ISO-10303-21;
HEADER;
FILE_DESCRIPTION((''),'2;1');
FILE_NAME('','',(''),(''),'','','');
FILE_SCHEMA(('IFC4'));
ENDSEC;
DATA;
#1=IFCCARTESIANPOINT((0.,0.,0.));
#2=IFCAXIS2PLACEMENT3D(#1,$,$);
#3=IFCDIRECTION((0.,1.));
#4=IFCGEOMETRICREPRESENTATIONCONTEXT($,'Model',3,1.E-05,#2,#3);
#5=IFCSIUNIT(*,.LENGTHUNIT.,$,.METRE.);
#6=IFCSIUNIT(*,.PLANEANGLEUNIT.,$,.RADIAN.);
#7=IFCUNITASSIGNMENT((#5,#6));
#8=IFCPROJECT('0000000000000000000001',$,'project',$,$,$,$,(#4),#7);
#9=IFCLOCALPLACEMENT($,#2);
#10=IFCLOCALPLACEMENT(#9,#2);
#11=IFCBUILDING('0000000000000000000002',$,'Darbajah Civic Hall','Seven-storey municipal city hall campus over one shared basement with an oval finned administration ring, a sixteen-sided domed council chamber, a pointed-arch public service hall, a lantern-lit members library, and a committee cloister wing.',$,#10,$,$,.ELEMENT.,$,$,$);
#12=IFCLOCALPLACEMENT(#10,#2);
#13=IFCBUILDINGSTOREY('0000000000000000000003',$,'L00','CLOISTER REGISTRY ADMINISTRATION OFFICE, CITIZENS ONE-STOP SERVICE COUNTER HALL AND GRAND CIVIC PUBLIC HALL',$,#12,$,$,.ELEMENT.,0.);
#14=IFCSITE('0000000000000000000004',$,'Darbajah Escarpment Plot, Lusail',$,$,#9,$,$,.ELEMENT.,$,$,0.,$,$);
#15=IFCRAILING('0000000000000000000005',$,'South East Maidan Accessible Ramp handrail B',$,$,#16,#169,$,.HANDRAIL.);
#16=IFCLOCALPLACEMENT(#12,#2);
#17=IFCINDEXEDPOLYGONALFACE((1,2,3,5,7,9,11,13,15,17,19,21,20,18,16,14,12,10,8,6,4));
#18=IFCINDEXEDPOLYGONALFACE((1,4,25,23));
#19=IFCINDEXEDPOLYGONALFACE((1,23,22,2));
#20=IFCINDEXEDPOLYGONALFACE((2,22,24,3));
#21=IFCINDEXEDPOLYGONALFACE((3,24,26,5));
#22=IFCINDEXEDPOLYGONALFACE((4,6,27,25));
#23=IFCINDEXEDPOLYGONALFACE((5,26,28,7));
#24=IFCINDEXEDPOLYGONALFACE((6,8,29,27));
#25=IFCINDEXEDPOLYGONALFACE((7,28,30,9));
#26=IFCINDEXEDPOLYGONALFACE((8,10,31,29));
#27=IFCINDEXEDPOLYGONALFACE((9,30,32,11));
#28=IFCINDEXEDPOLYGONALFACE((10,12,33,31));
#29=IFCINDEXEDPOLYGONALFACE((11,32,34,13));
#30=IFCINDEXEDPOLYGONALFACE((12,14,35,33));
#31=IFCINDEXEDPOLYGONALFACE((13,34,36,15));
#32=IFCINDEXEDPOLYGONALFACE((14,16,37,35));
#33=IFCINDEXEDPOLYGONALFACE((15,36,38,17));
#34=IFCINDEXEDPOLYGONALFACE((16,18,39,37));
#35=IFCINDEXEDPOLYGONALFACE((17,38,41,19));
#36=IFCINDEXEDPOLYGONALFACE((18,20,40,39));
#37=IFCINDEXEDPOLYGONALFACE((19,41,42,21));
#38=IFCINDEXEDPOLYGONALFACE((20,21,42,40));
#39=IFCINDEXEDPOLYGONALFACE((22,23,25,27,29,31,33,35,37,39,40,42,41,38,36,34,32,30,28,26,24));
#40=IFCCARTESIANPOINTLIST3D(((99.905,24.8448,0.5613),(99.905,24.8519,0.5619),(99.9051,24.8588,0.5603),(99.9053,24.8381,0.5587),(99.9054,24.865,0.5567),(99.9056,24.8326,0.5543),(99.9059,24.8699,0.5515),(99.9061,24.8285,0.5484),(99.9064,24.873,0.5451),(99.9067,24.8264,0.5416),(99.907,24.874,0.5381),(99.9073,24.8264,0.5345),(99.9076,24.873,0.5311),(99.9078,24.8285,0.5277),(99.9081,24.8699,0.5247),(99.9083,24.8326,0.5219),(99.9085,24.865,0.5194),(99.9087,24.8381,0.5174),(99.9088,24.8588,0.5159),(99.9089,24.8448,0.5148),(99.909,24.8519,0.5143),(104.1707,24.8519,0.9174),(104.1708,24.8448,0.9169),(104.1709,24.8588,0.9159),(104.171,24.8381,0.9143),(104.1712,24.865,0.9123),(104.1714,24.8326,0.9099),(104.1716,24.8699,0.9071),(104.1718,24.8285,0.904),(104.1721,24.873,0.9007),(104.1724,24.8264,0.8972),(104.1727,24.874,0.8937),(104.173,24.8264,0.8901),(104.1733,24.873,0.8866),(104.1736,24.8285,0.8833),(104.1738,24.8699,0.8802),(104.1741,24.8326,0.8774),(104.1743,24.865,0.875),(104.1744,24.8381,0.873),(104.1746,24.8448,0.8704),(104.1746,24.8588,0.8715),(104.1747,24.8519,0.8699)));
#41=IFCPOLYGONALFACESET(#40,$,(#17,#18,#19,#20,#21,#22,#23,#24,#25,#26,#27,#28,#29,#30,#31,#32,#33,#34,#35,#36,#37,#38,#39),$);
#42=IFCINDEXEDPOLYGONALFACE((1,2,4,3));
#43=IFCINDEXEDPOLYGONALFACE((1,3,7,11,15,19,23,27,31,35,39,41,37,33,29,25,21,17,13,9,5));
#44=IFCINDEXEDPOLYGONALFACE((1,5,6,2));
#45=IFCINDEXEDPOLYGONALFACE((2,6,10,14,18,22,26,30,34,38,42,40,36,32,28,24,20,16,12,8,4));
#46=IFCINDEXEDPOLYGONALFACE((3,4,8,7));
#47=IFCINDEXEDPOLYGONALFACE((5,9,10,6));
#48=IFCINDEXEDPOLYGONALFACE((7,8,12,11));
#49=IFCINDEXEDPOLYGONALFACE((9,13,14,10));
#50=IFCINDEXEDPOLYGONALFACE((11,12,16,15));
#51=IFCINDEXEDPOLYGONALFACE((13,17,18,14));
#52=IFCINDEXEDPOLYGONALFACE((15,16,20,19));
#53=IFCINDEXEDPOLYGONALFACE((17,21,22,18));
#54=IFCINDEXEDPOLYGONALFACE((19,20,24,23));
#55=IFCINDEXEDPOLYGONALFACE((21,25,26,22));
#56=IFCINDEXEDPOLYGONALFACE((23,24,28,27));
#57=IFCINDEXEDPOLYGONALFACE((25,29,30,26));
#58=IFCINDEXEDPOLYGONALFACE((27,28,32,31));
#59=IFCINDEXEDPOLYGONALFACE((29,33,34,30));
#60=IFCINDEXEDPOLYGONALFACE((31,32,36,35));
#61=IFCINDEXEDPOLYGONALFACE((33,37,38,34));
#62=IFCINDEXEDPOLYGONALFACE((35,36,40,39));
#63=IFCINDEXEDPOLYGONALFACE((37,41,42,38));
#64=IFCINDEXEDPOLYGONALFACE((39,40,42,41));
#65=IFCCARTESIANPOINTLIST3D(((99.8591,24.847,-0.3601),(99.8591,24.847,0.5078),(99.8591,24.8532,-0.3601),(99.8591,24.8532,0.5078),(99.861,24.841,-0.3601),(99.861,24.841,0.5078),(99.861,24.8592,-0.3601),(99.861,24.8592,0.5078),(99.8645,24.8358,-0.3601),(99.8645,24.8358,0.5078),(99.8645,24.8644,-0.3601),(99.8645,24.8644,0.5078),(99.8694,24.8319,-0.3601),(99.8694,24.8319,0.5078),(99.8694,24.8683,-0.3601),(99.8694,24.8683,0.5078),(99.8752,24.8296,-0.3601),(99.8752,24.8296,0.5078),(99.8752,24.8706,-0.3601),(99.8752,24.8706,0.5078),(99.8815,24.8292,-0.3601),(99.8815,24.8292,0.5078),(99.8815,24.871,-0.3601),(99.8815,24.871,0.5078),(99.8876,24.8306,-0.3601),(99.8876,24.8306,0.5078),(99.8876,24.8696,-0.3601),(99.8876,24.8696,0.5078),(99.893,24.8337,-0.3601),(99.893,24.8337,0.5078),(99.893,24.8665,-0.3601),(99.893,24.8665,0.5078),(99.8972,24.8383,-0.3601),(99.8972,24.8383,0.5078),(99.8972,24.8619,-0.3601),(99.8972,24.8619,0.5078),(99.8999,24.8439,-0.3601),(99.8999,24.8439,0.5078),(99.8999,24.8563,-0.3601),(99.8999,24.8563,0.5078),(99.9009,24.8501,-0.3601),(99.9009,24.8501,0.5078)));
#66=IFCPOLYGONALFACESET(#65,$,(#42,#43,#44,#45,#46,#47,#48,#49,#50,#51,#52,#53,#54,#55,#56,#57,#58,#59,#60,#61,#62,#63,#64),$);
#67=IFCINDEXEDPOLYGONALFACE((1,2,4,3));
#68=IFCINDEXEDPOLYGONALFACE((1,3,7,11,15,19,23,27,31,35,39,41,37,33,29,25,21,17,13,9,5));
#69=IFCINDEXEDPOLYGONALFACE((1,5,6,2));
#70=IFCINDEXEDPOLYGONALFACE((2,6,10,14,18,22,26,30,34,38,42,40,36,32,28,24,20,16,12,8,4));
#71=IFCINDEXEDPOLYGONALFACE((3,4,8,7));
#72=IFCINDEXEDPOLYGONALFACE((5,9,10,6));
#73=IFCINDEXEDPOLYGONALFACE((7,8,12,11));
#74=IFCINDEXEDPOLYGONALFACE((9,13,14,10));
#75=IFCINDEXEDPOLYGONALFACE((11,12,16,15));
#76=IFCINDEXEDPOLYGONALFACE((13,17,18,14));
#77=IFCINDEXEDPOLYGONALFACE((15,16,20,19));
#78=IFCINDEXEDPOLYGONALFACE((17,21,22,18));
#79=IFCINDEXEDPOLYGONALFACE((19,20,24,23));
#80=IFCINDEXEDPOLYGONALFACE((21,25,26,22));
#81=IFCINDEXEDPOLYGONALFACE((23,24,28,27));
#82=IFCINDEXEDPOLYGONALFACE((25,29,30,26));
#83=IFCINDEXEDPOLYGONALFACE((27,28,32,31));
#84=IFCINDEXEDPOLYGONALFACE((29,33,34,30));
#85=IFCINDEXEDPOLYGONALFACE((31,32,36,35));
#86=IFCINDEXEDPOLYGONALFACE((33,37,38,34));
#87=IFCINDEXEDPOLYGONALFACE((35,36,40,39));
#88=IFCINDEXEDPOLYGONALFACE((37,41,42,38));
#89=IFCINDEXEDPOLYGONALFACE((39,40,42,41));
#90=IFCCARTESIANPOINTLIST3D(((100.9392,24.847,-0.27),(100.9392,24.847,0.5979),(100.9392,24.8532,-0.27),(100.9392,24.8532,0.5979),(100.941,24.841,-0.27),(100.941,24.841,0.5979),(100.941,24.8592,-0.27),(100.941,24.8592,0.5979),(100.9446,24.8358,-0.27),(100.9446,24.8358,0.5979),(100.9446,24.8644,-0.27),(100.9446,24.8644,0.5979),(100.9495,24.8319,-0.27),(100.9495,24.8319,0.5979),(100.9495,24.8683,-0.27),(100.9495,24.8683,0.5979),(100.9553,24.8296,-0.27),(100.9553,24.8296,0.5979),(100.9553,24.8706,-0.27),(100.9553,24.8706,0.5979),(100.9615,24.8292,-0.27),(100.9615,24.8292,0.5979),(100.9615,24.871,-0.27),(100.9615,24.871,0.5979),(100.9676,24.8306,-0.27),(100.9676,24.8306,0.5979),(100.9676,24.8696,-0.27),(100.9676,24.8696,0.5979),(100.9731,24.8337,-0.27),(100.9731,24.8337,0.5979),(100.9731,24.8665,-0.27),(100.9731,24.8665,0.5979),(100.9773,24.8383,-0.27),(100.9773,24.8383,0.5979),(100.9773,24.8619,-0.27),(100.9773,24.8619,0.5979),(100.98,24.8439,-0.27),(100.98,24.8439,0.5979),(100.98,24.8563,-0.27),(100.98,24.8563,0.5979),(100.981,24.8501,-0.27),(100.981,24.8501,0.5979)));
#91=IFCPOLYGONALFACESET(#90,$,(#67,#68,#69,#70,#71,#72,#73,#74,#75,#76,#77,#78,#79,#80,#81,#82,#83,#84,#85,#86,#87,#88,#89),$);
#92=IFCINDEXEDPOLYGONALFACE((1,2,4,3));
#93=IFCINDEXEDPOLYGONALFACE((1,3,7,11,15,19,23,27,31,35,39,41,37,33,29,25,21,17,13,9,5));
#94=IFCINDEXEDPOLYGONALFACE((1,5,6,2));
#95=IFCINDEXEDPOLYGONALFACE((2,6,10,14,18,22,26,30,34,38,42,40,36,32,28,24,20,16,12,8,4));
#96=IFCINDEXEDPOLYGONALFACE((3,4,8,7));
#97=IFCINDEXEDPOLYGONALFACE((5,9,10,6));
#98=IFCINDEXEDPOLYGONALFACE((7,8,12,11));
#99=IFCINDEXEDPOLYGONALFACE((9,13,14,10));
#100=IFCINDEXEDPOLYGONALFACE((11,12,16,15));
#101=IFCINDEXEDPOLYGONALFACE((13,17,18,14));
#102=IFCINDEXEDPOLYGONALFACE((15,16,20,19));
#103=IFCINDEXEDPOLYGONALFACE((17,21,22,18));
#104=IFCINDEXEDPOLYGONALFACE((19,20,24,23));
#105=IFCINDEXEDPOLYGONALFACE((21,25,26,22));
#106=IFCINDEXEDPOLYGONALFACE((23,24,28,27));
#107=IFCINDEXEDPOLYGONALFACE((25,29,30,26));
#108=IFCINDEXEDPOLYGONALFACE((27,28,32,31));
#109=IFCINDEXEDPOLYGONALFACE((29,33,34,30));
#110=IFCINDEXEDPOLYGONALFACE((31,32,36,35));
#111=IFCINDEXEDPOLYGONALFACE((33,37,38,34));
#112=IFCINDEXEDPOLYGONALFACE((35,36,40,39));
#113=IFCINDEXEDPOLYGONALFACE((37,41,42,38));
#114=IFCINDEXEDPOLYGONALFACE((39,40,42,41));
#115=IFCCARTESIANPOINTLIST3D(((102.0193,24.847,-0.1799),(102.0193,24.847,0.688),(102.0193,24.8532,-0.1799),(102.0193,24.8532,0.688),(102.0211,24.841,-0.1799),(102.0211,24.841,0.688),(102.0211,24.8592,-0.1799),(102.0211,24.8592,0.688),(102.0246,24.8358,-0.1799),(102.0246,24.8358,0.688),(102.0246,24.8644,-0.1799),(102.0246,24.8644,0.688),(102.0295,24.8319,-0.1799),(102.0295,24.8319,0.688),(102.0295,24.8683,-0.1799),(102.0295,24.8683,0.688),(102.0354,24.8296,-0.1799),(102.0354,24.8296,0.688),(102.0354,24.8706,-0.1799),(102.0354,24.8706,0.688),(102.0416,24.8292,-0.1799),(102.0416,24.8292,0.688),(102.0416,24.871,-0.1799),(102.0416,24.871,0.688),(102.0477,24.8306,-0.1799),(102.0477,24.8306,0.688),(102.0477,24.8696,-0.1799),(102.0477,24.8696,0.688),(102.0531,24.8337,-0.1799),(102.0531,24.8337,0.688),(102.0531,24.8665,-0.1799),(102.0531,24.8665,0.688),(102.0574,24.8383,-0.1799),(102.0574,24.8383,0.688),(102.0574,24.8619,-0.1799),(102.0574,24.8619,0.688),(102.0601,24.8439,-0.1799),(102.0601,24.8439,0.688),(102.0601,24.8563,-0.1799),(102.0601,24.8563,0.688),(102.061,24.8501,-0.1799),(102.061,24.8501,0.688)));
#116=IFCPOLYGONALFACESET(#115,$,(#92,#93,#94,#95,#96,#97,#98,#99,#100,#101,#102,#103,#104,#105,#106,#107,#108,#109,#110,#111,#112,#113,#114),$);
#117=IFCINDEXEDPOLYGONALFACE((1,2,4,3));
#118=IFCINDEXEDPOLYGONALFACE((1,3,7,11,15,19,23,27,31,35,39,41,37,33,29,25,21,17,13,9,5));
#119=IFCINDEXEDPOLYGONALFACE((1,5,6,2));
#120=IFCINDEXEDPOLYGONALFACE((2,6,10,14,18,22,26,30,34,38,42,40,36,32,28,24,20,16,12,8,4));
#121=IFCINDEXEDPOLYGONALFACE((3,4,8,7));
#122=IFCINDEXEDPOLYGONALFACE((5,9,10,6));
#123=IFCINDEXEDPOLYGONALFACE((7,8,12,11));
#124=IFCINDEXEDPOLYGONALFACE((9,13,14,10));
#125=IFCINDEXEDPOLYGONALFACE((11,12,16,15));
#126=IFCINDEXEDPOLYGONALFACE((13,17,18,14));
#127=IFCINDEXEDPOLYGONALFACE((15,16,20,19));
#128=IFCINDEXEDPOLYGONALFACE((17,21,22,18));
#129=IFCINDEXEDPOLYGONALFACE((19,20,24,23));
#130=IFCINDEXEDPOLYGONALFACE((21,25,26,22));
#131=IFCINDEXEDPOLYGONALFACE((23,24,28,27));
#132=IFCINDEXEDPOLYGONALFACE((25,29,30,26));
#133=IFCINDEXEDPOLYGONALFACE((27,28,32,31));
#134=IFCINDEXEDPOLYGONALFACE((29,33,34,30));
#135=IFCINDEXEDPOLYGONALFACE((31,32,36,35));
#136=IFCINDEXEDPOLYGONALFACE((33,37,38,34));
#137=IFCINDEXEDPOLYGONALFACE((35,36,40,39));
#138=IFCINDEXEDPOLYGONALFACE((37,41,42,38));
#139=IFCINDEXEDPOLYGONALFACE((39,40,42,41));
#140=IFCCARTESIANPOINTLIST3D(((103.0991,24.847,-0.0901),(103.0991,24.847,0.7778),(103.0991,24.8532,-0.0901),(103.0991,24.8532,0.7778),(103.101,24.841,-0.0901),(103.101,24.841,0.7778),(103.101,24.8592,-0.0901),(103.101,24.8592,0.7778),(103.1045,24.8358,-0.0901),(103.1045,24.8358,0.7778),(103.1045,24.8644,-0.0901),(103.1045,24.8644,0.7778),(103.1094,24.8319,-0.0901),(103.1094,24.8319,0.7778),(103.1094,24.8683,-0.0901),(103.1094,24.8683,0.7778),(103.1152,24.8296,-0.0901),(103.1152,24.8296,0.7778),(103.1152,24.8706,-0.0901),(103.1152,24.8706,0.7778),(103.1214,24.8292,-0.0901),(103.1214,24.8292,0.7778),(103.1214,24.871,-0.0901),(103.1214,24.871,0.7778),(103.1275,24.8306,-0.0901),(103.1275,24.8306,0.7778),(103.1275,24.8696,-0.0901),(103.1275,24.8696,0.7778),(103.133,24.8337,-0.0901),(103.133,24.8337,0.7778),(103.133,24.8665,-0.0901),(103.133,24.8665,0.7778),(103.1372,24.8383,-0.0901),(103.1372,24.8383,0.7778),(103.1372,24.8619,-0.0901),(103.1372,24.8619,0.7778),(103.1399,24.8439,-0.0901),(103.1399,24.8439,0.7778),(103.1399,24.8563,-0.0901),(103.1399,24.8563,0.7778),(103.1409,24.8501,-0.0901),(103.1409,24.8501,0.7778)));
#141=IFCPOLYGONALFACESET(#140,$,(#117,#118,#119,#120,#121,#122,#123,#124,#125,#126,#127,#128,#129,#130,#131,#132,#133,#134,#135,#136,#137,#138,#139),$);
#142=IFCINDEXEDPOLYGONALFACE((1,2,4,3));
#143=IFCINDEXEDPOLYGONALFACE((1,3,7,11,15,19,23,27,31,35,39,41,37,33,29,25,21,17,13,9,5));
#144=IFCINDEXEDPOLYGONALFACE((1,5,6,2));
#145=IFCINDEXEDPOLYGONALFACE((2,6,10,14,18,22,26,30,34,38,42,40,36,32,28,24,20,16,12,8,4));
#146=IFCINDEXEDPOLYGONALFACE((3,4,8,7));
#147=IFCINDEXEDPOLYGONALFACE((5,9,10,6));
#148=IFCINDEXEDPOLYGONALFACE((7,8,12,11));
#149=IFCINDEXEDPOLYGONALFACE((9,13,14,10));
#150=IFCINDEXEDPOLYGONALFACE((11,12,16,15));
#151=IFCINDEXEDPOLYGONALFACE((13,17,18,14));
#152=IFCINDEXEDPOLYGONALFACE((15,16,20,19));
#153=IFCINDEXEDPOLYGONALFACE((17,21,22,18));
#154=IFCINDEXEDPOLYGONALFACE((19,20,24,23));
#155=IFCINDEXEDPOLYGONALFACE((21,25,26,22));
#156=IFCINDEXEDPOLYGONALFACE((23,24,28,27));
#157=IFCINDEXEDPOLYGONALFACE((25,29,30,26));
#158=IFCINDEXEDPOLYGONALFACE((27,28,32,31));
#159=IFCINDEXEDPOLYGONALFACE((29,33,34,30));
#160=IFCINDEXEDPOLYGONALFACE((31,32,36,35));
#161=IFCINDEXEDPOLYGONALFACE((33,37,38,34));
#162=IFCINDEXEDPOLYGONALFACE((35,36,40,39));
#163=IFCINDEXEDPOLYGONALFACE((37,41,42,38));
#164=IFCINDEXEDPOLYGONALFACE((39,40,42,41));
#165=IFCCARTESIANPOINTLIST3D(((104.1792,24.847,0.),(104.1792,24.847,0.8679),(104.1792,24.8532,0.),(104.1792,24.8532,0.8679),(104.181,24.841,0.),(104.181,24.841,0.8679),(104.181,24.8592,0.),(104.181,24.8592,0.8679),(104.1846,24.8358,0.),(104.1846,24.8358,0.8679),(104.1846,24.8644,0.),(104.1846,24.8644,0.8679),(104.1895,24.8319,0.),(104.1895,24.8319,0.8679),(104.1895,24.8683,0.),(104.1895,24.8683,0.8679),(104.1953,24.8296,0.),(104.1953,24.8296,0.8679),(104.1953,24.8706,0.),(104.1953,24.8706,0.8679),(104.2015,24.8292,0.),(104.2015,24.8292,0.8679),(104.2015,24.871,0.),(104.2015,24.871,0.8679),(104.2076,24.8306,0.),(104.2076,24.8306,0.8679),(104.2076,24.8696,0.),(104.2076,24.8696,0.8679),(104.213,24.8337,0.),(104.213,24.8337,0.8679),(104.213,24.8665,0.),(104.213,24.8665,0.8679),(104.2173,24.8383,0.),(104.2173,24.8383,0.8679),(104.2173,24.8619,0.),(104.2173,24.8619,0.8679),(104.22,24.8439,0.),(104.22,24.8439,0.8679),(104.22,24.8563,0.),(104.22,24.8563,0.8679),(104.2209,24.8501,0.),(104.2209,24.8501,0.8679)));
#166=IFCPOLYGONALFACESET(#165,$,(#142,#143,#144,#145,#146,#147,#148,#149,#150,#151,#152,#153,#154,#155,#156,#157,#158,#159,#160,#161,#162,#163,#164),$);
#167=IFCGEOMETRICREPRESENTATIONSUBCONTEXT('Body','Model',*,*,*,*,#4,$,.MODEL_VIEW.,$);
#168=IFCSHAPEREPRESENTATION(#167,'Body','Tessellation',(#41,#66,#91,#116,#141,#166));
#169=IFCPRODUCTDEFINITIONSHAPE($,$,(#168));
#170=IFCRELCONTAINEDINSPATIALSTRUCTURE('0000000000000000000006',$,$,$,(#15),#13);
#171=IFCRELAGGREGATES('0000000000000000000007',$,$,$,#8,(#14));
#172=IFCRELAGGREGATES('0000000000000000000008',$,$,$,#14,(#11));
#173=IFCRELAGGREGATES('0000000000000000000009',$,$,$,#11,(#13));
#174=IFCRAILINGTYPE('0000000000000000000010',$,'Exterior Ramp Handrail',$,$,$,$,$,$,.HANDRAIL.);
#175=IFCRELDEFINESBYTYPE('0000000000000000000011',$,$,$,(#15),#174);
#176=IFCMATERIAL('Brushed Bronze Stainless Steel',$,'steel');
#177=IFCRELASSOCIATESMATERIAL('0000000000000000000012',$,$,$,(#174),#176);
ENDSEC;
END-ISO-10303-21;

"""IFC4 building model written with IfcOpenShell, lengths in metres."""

from ifc_helpers import new_model, si_unit, direction, frame, origin, origin_2d, place, context, subcontext, project, spatial, circle, extrude, material, type_object, element, save


model = new_model("IFC4")

# Units and contexts
model_context = context("Model", 3, precision=1e-05, world=origin(), true_north=direction((0.0, 1.0)))
body_context = subcontext(model_context, "Body", "Model", "MODEL_VIEW")
ifc_project = project(units=[si_unit("LENGTHUNIT", "METRE"), si_unit("PLANEANGLEUNIT", "RADIAN")], contexts=[model_context])

# Site, building, storey
site_placement = place(None, origin())
site = spatial("IfcSite", under=ifc_project, at=site_placement, Name="Darbajah Escarpment Plot, Lusail", CompositionType="ELEMENT", RefElevation=0.0)
building_placement = place(site_placement, origin())
building = spatial("IfcBuilding", under=site, at=building_placement, Name="Darbajah Civic Hall", Description="Seven-storey municipal city hall campus over one shared basement with an oval finned administration ring, a sixteen-sided domed council chamber, a pointed-arch public service hall, a lantern-lit members library, and a committee cloister wing.", CompositionType="ELEMENT")
storey_placement = place(building_placement, origin())
storey = spatial("IfcBuildingStorey", under=building, at=storey_placement, Name="L00", Description="CLOISTER REGISTRY ADMINISTRATION OFFICE, CITIZENS ONE-STOP SERVICE COUNTER HALL AND GRAND CIVIC PUBLIC HALL", CompositionType="ELEMENT", Elevation=0.0)

# Railing
ifc_material_1 = material(Name="Brushed Bronze Stainless Steel", Category="steel")
railing_type = type_object("IfcRailingType", Name="Exterior Ramp Handrail", PredefinedType="HANDRAIL", material=ifc_material_1)
for number, where, name in (
    (1, (99.8799, 24.8501, -0.3601), "South East Maidan Accessible Ramp handrail B"),
):
    element("IfcRailing", number, at=place(storey_placement, frame(where)), inside=storey, type_object=railing_type, Name=name, PredefinedType="HANDRAIL", context=body_context, shape_type="SweptSolid", body=[
        extrude(circle(Radius=0.0239, at=origin_2d()), frame((0.0271, 0.0, 0.8982), z_axis=(0.996544, 0.0, 0.083069), x_axis=(0.0, 1.0, 0.0)), (0.0, 0.0, 1.0), 4.2805),
        extrude(circle(Radius=0.021, at=origin_2d()), origin(), (0.0, 0.0, 1.0), 0.8679),
        extrude(circle(Radius=0.021, at=origin_2d()), frame((1.0801, 0.0, 0.0901)), (0.0, 0.0, 1.0), 0.8679),
        extrude(circle(Radius=0.021, at=origin_2d()), frame((2.1602, 0.0, 0.1802)), (0.0, 0.0, 1.0), 0.8679),
        extrude(circle(Radius=0.021, at=origin_2d()), frame((3.24, 0.0, 0.27)), (0.0, 0.0, 1.0), 0.8679),
        extrude(circle(Radius=0.021, at=origin_2d()), frame((4.3201, 0.0, 0.3601)), (0.0, 0.0, 1.0), 0.8679),
    ])

save(model, "model.ifc")
